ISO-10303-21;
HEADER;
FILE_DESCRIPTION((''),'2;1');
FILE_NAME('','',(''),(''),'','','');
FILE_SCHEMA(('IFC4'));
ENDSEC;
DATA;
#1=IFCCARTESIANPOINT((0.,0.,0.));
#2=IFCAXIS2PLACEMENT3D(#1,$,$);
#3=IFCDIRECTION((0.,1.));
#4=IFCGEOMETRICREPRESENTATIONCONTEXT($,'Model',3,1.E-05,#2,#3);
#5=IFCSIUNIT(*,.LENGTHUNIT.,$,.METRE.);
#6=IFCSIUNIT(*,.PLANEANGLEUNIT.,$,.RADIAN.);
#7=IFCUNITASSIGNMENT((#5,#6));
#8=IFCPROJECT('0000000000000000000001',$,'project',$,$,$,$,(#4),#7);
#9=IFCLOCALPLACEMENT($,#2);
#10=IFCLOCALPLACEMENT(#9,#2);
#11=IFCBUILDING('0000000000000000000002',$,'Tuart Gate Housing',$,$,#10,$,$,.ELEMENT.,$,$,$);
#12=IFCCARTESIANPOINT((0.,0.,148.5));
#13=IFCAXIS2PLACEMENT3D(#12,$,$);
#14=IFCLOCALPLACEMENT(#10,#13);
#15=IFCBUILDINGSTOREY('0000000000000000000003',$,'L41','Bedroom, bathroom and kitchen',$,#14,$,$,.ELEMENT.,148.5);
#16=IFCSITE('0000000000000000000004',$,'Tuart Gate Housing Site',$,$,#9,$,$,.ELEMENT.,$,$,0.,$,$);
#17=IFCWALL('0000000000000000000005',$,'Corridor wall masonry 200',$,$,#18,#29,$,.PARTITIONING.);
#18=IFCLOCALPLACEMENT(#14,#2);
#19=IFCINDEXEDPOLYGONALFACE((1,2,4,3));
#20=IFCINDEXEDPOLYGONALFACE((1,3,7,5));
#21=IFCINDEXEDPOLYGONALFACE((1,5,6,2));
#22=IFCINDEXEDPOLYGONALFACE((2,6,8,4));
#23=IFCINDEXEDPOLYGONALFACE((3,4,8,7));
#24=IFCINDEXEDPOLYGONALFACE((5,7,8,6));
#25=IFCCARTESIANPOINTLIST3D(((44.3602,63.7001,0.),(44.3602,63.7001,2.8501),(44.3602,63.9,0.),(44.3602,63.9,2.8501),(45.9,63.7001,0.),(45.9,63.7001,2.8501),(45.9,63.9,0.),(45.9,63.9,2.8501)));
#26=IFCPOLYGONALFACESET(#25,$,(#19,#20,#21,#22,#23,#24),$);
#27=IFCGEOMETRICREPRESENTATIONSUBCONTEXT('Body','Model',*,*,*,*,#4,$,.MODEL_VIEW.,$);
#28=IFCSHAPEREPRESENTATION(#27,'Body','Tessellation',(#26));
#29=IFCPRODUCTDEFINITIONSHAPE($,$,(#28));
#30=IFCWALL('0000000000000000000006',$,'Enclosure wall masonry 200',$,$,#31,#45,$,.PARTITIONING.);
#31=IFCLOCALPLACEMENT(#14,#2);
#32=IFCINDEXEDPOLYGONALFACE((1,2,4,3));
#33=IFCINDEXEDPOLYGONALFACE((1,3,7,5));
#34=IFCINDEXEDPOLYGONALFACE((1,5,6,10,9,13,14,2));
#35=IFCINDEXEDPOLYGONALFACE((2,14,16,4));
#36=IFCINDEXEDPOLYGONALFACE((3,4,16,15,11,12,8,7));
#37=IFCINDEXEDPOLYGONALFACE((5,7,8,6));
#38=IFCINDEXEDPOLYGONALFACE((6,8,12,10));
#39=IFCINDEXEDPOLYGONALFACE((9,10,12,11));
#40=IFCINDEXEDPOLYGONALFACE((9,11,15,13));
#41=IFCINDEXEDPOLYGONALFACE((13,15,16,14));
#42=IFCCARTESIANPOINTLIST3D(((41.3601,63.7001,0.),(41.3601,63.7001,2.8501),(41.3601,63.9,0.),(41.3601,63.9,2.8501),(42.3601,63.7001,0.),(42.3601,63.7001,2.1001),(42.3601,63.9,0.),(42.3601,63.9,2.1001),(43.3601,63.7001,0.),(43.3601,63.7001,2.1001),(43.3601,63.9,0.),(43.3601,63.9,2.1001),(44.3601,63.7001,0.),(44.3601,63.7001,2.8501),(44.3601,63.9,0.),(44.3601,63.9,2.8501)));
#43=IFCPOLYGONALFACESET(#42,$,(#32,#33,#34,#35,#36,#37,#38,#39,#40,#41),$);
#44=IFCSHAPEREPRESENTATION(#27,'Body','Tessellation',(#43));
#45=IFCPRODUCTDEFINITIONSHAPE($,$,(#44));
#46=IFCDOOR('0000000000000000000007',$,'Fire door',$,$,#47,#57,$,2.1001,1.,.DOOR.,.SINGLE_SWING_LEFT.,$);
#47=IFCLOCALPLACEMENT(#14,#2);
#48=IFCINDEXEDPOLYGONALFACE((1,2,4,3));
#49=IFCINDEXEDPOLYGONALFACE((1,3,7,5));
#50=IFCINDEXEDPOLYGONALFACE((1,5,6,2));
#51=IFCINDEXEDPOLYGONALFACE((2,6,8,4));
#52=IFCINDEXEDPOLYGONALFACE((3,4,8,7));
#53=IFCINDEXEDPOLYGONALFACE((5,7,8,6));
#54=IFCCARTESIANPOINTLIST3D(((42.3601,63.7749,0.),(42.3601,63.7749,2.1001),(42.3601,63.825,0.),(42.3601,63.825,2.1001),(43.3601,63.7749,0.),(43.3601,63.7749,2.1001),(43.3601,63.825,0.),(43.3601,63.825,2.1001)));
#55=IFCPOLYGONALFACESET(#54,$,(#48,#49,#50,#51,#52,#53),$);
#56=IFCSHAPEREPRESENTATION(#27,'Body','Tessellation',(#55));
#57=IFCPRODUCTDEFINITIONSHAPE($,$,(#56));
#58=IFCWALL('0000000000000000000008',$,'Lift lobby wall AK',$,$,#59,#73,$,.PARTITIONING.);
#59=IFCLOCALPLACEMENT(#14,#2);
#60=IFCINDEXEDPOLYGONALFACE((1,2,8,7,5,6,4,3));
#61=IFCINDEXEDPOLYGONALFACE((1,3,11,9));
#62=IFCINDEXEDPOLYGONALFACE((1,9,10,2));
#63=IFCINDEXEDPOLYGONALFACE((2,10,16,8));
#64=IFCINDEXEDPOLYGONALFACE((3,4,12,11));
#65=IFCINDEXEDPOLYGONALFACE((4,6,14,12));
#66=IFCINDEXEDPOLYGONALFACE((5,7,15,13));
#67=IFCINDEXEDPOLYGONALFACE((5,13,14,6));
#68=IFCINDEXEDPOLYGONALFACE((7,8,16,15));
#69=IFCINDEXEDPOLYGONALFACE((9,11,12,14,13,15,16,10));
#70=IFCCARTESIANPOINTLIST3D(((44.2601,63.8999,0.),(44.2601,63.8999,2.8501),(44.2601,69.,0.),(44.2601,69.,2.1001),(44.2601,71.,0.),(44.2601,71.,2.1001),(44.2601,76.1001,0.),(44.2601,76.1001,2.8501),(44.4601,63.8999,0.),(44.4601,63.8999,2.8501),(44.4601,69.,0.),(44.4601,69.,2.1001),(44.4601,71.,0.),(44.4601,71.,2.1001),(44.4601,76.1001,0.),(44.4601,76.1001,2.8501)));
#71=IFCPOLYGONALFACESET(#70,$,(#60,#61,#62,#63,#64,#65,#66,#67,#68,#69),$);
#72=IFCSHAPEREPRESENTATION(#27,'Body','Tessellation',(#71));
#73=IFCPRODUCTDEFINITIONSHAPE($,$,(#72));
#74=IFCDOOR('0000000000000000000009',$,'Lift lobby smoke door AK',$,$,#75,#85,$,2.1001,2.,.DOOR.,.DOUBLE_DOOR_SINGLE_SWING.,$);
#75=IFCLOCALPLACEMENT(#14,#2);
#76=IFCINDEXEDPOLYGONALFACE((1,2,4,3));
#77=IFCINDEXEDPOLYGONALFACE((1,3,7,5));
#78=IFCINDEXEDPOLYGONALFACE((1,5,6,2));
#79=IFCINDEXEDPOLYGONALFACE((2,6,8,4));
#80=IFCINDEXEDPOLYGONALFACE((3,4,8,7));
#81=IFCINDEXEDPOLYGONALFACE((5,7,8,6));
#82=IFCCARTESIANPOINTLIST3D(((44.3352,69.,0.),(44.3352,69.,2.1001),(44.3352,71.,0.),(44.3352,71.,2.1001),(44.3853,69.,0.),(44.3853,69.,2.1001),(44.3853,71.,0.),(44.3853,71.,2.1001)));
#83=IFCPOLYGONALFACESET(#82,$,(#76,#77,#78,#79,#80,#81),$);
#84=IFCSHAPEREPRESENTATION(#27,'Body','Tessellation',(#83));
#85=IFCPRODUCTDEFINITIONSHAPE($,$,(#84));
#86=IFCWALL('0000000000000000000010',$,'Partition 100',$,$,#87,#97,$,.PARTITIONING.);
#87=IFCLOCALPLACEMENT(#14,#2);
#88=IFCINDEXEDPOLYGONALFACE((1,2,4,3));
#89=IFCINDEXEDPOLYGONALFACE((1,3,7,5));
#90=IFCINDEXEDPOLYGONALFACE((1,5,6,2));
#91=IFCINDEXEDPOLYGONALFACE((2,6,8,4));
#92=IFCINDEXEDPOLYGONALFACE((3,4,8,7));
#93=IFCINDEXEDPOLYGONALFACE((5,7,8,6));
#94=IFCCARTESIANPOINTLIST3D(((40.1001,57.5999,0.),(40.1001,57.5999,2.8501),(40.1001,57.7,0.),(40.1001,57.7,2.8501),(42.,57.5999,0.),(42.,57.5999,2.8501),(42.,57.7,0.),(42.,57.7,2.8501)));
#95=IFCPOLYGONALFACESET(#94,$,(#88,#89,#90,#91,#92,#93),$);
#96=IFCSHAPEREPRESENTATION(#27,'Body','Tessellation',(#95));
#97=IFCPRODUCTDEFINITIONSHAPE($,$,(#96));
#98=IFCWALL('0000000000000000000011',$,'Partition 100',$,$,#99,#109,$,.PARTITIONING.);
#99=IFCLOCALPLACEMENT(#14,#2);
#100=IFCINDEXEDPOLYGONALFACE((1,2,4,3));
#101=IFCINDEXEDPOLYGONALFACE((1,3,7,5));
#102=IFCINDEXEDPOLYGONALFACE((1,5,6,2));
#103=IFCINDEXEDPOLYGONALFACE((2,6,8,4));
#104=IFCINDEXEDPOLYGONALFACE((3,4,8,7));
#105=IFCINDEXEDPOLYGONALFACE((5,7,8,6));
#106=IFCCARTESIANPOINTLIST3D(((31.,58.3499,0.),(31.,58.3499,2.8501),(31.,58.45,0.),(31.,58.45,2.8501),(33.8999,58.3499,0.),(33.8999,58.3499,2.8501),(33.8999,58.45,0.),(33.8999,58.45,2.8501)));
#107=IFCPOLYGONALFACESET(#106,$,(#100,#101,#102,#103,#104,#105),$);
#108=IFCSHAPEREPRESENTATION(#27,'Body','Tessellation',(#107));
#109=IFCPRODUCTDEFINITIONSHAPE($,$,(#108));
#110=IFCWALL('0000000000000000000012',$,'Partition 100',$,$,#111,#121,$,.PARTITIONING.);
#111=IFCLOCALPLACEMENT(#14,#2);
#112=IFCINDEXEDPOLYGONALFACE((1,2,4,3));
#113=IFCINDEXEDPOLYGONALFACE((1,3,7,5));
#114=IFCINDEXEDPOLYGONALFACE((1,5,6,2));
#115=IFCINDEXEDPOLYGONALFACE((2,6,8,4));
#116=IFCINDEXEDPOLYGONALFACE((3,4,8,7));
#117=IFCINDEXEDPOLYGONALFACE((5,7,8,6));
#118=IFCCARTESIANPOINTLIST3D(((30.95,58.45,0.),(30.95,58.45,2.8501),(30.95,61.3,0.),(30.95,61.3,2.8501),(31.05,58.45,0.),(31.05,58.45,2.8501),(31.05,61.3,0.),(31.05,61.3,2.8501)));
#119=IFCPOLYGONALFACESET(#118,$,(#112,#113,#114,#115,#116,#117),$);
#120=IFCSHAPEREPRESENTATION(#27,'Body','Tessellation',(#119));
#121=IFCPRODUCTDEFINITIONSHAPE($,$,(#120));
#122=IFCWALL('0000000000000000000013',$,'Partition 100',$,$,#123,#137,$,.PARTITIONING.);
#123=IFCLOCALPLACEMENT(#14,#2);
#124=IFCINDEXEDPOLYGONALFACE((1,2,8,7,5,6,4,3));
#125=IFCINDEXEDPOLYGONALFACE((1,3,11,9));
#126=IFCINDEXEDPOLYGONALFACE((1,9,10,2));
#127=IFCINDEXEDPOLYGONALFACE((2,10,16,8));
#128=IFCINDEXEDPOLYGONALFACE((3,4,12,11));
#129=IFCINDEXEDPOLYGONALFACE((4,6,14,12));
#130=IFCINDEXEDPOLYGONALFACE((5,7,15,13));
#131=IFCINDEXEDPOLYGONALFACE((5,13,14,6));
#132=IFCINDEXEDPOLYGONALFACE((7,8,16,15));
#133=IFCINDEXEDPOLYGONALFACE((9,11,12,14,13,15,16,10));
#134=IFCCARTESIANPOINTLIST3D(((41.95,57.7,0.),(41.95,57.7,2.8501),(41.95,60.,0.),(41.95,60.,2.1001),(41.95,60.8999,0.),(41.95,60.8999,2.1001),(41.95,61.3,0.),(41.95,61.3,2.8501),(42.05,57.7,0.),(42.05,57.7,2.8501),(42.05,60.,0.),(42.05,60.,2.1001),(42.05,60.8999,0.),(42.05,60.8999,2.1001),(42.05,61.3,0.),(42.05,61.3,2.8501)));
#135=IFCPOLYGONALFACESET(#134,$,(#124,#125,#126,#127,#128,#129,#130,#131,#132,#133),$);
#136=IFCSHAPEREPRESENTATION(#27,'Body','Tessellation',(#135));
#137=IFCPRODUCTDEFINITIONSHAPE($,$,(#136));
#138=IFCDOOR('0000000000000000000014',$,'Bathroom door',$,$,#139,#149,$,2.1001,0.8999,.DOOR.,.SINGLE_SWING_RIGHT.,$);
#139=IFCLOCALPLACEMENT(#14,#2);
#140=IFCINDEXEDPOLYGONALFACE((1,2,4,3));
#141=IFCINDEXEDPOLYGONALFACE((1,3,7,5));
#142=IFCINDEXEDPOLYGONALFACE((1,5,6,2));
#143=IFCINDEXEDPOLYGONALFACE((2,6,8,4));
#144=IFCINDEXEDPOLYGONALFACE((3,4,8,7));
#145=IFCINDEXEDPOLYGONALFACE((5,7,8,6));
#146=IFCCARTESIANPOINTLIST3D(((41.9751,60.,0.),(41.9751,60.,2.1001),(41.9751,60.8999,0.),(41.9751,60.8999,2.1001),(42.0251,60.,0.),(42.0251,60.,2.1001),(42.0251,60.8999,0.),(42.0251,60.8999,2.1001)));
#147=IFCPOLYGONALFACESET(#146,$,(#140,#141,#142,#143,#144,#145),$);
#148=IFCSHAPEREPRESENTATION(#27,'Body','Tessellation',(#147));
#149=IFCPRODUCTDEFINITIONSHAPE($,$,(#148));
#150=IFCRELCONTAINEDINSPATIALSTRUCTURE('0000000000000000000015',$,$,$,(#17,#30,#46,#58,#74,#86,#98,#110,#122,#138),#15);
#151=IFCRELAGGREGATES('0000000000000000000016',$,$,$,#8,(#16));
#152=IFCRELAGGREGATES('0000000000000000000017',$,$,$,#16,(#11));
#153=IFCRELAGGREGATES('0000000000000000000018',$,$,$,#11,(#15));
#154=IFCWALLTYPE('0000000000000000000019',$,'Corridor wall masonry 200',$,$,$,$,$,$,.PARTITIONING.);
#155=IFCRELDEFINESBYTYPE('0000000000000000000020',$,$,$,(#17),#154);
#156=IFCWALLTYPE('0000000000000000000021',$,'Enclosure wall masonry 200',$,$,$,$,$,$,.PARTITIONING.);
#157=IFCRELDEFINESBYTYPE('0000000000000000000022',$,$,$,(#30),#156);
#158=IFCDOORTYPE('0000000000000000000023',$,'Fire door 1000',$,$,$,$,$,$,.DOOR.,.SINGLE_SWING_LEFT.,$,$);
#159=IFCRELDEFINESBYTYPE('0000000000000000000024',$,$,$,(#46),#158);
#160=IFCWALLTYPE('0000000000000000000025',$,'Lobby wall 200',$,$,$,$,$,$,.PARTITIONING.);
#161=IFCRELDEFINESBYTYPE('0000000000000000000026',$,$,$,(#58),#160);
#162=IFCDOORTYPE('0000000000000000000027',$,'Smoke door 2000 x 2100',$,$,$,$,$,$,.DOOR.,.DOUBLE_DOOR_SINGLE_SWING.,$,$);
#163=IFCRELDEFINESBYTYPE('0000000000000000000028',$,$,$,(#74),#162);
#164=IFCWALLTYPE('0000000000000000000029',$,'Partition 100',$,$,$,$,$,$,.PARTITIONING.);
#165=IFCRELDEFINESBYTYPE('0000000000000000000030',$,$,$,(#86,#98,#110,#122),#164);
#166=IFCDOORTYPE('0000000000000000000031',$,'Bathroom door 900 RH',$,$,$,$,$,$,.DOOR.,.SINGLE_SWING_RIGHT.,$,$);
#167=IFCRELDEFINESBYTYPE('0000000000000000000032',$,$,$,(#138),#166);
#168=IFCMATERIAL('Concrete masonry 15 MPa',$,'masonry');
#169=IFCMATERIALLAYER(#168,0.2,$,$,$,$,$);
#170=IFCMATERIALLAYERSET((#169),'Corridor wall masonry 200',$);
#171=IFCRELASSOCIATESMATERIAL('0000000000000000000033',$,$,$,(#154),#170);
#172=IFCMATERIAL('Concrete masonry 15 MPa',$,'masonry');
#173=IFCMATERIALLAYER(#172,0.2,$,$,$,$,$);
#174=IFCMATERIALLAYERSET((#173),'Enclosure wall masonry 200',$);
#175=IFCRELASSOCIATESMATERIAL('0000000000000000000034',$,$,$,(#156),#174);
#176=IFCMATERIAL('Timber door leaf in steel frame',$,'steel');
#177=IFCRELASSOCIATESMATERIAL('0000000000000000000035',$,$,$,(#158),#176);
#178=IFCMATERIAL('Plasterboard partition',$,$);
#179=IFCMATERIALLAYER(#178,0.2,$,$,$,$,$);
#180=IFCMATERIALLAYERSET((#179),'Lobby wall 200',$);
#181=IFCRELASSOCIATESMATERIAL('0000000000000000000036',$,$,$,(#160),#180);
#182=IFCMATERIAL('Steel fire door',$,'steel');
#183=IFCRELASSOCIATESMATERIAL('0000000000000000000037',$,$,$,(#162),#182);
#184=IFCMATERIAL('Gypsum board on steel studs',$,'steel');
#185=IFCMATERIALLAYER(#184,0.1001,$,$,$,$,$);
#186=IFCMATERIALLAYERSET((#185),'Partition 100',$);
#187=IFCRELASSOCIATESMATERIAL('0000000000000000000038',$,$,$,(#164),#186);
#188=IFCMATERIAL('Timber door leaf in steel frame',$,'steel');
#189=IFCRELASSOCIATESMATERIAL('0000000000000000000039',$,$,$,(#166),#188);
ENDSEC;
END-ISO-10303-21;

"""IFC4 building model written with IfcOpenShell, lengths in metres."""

from ifc_helpers import new_model, si_unit, direction, frame, frame_2d, origin, place, context, subcontext, project, spatial, rectangle, extrude, material, layer, layer_set, type_object, element, fill, save


model = new_model("IFC4")

# Units and contexts
model_context = context("Model", 3, precision=1e-05, world=origin(), true_north=direction((0.0, 1.0)))
body_context = subcontext(model_context, "Body", "Model", "MODEL_VIEW")
ifc_project = project(units=[si_unit("LENGTHUNIT", "METRE"), si_unit("PLANEANGLEUNIT", "RADIAN")], contexts=[model_context])

# Site, building, storey
site_placement = place(None, origin())
site = spatial("IfcSite", under=ifc_project, at=site_placement, Name="Tuart Gate Housing Site", CompositionType="ELEMENT", RefElevation=0.0)
building_placement = place(site_placement, origin())
building = spatial("IfcBuilding", under=site, at=building_placement, Name="Tuart Gate Housing", CompositionType="ELEMENT")
storey_placement = place(building_placement, frame((0.0, 0.0, 148.5)))
storey = spatial("IfcBuildingStorey", under=building, at=storey_placement, Name="L41", Description="Bedroom, bathroom and kitchen", CompositionType="ELEMENT", Elevation=148.5)

# Shared definitions
ifc_material_1 = material(Name="Concrete masonry 15 MPa", Category="masonry")
ifc_layer_1 = layer(ifc_material_1, 0.2)
ifc_layer_set_1 = layer_set([ifc_layer_1], Name="Corridor wall masonry 200")
wall_type_1 = type_object("IfcWallType", Name="Corridor wall masonry 200", PredefinedType="PARTITIONING", material=ifc_layer_set_1)

# Wall
wall_1_placement = place(storey_placement, frame((44.3601, 63.8, 0.0), z_axis=(0.0, 0.0, 1.0), x_axis=(1.0, 0.0, 0.0)))
element("IfcWall", 1, at=wall_1_placement, inside=storey, type_object=wall_type_1, Name="Corridor wall masonry 200", PredefinedType="PARTITIONING", context=body_context, shape_type="SweptSolid", body=[
    extrude(rectangle(XDim=1.5398, YDim=0.2, at=frame_2d((0.77, 0.0))), origin(), (0.0, 0.0, 1.0), 2.8501),
])

# Walls, openings, doors
ifc_material_2 = material(Name="Concrete masonry 15 MPa", Category="masonry")
ifc_layer_2 = layer(ifc_material_2, 0.2)
ifc_layer_set_2 = layer_set([ifc_layer_2], Name="Enclosure wall masonry 200")
wall_type_2 = type_object("IfcWallType", Name="Enclosure wall masonry 200", PredefinedType="PARTITIONING", material=ifc_layer_set_2)
wall_2_placement = place(storey_placement, frame((41.3601, 63.8, 0.0), z_axis=(0.0, 0.0, 1.0), x_axis=(1.0, 0.0, 0.0)))
wall_2 = element("IfcWall", 2, at=wall_2_placement, inside=storey, type_object=wall_type_2, Name="Enclosure wall masonry 200", PredefinedType="PARTITIONING", context=body_context, shape_type="SweptSolid", body=[
    extrude(rectangle(XDim=3.0, YDim=0.2, at=frame_2d((1.5, 0.0))), origin(), (0.0, 0.0, 1.0), 2.8501),
])
opening_1_placement = place(wall_2_placement, frame((1.0, 0.0, 0.0)))
opening_1 = element("IfcOpeningElement", 3, at=opening_1_placement, cuts=wall_2, PredefinedType="OPENING", context=body_context, shape_type="SweptSolid", body=[
    extrude(rectangle(XDim=1.0, YDim=2.1001, at=frame_2d((0.5, 1.05))), frame((0.0, 0.1099, 0.0), z_axis=(0.0, -1.0, 0.0), x_axis=(1.0, 0.0, 0.0)), (0.0, 0.0, 1.0), 0.22),
])
ifc_material_3 = material(Name="Timber door leaf in steel frame", Category="steel")
door_type_1 = type_object("IfcDoorType", Name="Fire door 1000", OperationType="SINGLE_SWING_LEFT", PredefinedType="DOOR", material=ifc_material_3)
door_1_placement = place(opening_1_placement, frame((1.0, 0.0, 0.0), z_axis=(0.0, 0.0, 1.0), x_axis=(-1.0, 0.0, 0.0)))
door_1 = element("IfcDoor", 4, at=door_1_placement, inside=storey, type_object=door_type_1, Name="Fire door", OperationType="SINGLE_SWING_LEFT", OverallHeight=2.1001, OverallWidth=1.0, PredefinedType="DOOR", context=body_context, shape_type="SweptSolid", body=[
    extrude(rectangle(XDim=1.0, YDim=2.1001, at=frame_2d((0.5, 1.05))), frame((0.0, 0.0251, 0.0), z_axis=(0.0, -1.0, 0.0), x_axis=(1.0, 0.0, 0.0)), (0.0, 0.0, 1.0), 0.05),
])
fill(opening_1, door_1)
ifc_material_4 = material(Name="Plasterboard partition")
ifc_layer_3 = layer(ifc_material_4, 0.2)
ifc_layer_set_3 = layer_set([ifc_layer_3], Name="Lobby wall 200")
wall_type_3 = type_object("IfcWallType", Name="Lobby wall 200", PredefinedType="PARTITIONING", material=ifc_layer_set_3)
wall_3_placement = place(storey_placement, frame((44.3601, 63.8999, 0.0), z_axis=(0.0, 0.0, 1.0), x_axis=(0.0, 1.0, 0.0)))
wall_3 = element("IfcWall", 5, at=wall_3_placement, inside=storey, type_object=wall_type_3, Name="Lift lobby wall AK", PredefinedType="PARTITIONING", context=body_context, shape_type="SweptSolid", body=[
    extrude(rectangle(XDim=12.2002, YDim=0.2, at=frame_2d((6.1001, 0.0))), origin(), (0.0, 0.0, 1.0), 2.8501),
])
opening_2_placement = place(wall_3_placement, frame((5.1001, 0.0, 0.0)))
opening_2 = element("IfcOpeningElement", 6, at=opening_2_placement, cuts=wall_3, PredefinedType="OPENING", context=body_context, shape_type="SweptSolid", body=[
    extrude(rectangle(XDim=2.0, YDim=2.1001, at=frame_2d((1.0, 1.05))), frame((0.0, 0.1099, 0.0), z_axis=(0.0, -1.0, 0.0), x_axis=(1.0, 0.0, 0.0)), (0.0, 0.0, 1.0), 0.22),
])
ifc_material_5 = material(Name="Steel fire door", Category="steel")
door_type_2 = type_object("IfcDoorType", Name="Smoke door 2000 x 2100", OperationType="DOUBLE_DOOR_SINGLE_SWING", PredefinedType="DOOR", material=ifc_material_5)
door_2_placement = place(opening_2_placement, origin())
door_2 = element("IfcDoor", 7, at=door_2_placement, inside=storey, type_object=door_type_2, Name="Lift lobby smoke door AK", OperationType="DOUBLE_DOOR_SINGLE_SWING", OverallHeight=2.1001, OverallWidth=2.0, PredefinedType="DOOR", context=body_context, shape_type="SweptSolid", body=[
    extrude(rectangle(XDim=2.0, YDim=2.1001, at=frame_2d((1.0, 1.05))), frame((0.0, 0.0249, 0.0), z_axis=(0.0, -1.0, 0.0), x_axis=(1.0, 0.0, 0.0)), (0.0, 0.0, 1.0), 0.05),
])
fill(opening_2, door_2)

# Walls
ifc_material_6 = material(Name="Gypsum board on steel studs", Category="steel")
ifc_layer_4 = layer(ifc_material_6, 0.1001)
ifc_layer_set_4 = layer_set([ifc_layer_4], Name="Partition 100")
wall_type_4 = type_object("IfcWallType", Name="Partition 100", PredefinedType="PARTITIONING", material=ifc_layer_set_4)
wall_4_placement = place(storey_placement, frame((40.1001, 57.6499, 0.0), z_axis=(0.0, 0.0, 1.0), x_axis=(1.0, 0.0, 0.0)))
element("IfcWall", 8, at=wall_4_placement, inside=storey, type_object=wall_type_4, Name="Partition 100", PredefinedType="PARTITIONING", context=body_context, shape_type="SweptSolid", body=[
    extrude(rectangle(XDim=1.8999, YDim=0.1001, at=frame_2d((0.95, 0.0))), origin(), (0.0, 0.0, 1.0), 2.8501),
])
wall_5_placement = place(storey_placement, frame((31.0, 58.3999, 0.0), z_axis=(0.0, 0.0, 1.0), x_axis=(1.0, 0.0, 0.0)))
element("IfcWall", 9, at=wall_5_placement, inside=storey, type_object=wall_type_4, Name="Partition 100", PredefinedType="PARTITIONING", context=body_context, shape_type="SweptSolid", body=[
    extrude(rectangle(XDim=2.8999, YDim=0.1001, at=frame_2d((1.45, 0.0))), origin(), (0.0, 0.0, 1.0), 2.8501),
])
wall_6_placement = place(storey_placement, frame((31.0, 58.45, 0.0), z_axis=(0.0, 0.0, 1.0), x_axis=(0.0, 1.0, 0.0)))
element("IfcWall", 10, at=wall_6_placement, inside=storey, type_object=wall_type_4, Name="Partition 100", PredefinedType="PARTITIONING", context=body_context, shape_type="SweptSolid", body=[
    extrude(rectangle(XDim=2.8501, YDim=0.1001, at=frame_2d((1.425, 0.0))), origin(), (0.0, 0.0, 1.0), 2.8501),
])

# Wall, opening, door
wall_7_placement = place(storey_placement, frame((42.0, 57.7, 0.0), z_axis=(0.0, 0.0, 1.0), x_axis=(0.0, 1.0, 0.0)))
wall_7 = element("IfcWall", 11, at=wall_7_placement, inside=storey, type_object=wall_type_4, Name="Partition 100", PredefinedType="PARTITIONING", context=body_context, shape_type="SweptSolid", body=[
    extrude(rectangle(XDim=3.6001, YDim=0.1001, at=frame_2d((1.8, 0.0))), origin(), (0.0, 0.0, 1.0), 2.8501),
])
opening_3_placement = place(wall_7_placement, frame((2.3, 0.0, 0.0)))
opening_3 = element("IfcOpeningElement", 12, at=opening_3_placement, cuts=wall_7, PredefinedType="OPENING", context=body_context, shape_type="SweptSolid", body=[
    extrude(rectangle(XDim=0.8999, YDim=2.1001, at=frame_2d((0.45, 1.05))), frame((0.0, 0.0601, 0.0), z_axis=(0.0, -1.0, 0.0), x_axis=(1.0, 0.0, 0.0)), (0.0, 0.0, 1.0), 0.1201),
])
ifc_material_7 = material(Name="Timber door leaf in steel frame", Category="steel")
door_type_3 = type_object("IfcDoorType", Name="Bathroom door 900 RH", OperationType="SINGLE_SWING_RIGHT", PredefinedType="DOOR", material=ifc_material_7)
door_3_placement = place(opening_3_placement, origin())
door_3 = element("IfcDoor", 13, at=door_3_placement, inside=storey, type_object=door_type_3, Name="Bathroom door", OperationType="SINGLE_SWING_RIGHT", OverallHeight=2.1001, OverallWidth=0.8999, PredefinedType="DOOR", context=body_context, shape_type="SweptSolid", body=[
    extrude(rectangle(XDim=0.8999, YDim=2.1001, at=frame_2d((0.45, 1.05))), frame((0.0, 0.0249, 0.0), z_axis=(0.0, -1.0, 0.0), x_axis=(1.0, 0.0, 0.0)), (0.0, 0.0, 1.0), 0.05),
])
fill(opening_3, door_3)

save(model, "model.ifc")
